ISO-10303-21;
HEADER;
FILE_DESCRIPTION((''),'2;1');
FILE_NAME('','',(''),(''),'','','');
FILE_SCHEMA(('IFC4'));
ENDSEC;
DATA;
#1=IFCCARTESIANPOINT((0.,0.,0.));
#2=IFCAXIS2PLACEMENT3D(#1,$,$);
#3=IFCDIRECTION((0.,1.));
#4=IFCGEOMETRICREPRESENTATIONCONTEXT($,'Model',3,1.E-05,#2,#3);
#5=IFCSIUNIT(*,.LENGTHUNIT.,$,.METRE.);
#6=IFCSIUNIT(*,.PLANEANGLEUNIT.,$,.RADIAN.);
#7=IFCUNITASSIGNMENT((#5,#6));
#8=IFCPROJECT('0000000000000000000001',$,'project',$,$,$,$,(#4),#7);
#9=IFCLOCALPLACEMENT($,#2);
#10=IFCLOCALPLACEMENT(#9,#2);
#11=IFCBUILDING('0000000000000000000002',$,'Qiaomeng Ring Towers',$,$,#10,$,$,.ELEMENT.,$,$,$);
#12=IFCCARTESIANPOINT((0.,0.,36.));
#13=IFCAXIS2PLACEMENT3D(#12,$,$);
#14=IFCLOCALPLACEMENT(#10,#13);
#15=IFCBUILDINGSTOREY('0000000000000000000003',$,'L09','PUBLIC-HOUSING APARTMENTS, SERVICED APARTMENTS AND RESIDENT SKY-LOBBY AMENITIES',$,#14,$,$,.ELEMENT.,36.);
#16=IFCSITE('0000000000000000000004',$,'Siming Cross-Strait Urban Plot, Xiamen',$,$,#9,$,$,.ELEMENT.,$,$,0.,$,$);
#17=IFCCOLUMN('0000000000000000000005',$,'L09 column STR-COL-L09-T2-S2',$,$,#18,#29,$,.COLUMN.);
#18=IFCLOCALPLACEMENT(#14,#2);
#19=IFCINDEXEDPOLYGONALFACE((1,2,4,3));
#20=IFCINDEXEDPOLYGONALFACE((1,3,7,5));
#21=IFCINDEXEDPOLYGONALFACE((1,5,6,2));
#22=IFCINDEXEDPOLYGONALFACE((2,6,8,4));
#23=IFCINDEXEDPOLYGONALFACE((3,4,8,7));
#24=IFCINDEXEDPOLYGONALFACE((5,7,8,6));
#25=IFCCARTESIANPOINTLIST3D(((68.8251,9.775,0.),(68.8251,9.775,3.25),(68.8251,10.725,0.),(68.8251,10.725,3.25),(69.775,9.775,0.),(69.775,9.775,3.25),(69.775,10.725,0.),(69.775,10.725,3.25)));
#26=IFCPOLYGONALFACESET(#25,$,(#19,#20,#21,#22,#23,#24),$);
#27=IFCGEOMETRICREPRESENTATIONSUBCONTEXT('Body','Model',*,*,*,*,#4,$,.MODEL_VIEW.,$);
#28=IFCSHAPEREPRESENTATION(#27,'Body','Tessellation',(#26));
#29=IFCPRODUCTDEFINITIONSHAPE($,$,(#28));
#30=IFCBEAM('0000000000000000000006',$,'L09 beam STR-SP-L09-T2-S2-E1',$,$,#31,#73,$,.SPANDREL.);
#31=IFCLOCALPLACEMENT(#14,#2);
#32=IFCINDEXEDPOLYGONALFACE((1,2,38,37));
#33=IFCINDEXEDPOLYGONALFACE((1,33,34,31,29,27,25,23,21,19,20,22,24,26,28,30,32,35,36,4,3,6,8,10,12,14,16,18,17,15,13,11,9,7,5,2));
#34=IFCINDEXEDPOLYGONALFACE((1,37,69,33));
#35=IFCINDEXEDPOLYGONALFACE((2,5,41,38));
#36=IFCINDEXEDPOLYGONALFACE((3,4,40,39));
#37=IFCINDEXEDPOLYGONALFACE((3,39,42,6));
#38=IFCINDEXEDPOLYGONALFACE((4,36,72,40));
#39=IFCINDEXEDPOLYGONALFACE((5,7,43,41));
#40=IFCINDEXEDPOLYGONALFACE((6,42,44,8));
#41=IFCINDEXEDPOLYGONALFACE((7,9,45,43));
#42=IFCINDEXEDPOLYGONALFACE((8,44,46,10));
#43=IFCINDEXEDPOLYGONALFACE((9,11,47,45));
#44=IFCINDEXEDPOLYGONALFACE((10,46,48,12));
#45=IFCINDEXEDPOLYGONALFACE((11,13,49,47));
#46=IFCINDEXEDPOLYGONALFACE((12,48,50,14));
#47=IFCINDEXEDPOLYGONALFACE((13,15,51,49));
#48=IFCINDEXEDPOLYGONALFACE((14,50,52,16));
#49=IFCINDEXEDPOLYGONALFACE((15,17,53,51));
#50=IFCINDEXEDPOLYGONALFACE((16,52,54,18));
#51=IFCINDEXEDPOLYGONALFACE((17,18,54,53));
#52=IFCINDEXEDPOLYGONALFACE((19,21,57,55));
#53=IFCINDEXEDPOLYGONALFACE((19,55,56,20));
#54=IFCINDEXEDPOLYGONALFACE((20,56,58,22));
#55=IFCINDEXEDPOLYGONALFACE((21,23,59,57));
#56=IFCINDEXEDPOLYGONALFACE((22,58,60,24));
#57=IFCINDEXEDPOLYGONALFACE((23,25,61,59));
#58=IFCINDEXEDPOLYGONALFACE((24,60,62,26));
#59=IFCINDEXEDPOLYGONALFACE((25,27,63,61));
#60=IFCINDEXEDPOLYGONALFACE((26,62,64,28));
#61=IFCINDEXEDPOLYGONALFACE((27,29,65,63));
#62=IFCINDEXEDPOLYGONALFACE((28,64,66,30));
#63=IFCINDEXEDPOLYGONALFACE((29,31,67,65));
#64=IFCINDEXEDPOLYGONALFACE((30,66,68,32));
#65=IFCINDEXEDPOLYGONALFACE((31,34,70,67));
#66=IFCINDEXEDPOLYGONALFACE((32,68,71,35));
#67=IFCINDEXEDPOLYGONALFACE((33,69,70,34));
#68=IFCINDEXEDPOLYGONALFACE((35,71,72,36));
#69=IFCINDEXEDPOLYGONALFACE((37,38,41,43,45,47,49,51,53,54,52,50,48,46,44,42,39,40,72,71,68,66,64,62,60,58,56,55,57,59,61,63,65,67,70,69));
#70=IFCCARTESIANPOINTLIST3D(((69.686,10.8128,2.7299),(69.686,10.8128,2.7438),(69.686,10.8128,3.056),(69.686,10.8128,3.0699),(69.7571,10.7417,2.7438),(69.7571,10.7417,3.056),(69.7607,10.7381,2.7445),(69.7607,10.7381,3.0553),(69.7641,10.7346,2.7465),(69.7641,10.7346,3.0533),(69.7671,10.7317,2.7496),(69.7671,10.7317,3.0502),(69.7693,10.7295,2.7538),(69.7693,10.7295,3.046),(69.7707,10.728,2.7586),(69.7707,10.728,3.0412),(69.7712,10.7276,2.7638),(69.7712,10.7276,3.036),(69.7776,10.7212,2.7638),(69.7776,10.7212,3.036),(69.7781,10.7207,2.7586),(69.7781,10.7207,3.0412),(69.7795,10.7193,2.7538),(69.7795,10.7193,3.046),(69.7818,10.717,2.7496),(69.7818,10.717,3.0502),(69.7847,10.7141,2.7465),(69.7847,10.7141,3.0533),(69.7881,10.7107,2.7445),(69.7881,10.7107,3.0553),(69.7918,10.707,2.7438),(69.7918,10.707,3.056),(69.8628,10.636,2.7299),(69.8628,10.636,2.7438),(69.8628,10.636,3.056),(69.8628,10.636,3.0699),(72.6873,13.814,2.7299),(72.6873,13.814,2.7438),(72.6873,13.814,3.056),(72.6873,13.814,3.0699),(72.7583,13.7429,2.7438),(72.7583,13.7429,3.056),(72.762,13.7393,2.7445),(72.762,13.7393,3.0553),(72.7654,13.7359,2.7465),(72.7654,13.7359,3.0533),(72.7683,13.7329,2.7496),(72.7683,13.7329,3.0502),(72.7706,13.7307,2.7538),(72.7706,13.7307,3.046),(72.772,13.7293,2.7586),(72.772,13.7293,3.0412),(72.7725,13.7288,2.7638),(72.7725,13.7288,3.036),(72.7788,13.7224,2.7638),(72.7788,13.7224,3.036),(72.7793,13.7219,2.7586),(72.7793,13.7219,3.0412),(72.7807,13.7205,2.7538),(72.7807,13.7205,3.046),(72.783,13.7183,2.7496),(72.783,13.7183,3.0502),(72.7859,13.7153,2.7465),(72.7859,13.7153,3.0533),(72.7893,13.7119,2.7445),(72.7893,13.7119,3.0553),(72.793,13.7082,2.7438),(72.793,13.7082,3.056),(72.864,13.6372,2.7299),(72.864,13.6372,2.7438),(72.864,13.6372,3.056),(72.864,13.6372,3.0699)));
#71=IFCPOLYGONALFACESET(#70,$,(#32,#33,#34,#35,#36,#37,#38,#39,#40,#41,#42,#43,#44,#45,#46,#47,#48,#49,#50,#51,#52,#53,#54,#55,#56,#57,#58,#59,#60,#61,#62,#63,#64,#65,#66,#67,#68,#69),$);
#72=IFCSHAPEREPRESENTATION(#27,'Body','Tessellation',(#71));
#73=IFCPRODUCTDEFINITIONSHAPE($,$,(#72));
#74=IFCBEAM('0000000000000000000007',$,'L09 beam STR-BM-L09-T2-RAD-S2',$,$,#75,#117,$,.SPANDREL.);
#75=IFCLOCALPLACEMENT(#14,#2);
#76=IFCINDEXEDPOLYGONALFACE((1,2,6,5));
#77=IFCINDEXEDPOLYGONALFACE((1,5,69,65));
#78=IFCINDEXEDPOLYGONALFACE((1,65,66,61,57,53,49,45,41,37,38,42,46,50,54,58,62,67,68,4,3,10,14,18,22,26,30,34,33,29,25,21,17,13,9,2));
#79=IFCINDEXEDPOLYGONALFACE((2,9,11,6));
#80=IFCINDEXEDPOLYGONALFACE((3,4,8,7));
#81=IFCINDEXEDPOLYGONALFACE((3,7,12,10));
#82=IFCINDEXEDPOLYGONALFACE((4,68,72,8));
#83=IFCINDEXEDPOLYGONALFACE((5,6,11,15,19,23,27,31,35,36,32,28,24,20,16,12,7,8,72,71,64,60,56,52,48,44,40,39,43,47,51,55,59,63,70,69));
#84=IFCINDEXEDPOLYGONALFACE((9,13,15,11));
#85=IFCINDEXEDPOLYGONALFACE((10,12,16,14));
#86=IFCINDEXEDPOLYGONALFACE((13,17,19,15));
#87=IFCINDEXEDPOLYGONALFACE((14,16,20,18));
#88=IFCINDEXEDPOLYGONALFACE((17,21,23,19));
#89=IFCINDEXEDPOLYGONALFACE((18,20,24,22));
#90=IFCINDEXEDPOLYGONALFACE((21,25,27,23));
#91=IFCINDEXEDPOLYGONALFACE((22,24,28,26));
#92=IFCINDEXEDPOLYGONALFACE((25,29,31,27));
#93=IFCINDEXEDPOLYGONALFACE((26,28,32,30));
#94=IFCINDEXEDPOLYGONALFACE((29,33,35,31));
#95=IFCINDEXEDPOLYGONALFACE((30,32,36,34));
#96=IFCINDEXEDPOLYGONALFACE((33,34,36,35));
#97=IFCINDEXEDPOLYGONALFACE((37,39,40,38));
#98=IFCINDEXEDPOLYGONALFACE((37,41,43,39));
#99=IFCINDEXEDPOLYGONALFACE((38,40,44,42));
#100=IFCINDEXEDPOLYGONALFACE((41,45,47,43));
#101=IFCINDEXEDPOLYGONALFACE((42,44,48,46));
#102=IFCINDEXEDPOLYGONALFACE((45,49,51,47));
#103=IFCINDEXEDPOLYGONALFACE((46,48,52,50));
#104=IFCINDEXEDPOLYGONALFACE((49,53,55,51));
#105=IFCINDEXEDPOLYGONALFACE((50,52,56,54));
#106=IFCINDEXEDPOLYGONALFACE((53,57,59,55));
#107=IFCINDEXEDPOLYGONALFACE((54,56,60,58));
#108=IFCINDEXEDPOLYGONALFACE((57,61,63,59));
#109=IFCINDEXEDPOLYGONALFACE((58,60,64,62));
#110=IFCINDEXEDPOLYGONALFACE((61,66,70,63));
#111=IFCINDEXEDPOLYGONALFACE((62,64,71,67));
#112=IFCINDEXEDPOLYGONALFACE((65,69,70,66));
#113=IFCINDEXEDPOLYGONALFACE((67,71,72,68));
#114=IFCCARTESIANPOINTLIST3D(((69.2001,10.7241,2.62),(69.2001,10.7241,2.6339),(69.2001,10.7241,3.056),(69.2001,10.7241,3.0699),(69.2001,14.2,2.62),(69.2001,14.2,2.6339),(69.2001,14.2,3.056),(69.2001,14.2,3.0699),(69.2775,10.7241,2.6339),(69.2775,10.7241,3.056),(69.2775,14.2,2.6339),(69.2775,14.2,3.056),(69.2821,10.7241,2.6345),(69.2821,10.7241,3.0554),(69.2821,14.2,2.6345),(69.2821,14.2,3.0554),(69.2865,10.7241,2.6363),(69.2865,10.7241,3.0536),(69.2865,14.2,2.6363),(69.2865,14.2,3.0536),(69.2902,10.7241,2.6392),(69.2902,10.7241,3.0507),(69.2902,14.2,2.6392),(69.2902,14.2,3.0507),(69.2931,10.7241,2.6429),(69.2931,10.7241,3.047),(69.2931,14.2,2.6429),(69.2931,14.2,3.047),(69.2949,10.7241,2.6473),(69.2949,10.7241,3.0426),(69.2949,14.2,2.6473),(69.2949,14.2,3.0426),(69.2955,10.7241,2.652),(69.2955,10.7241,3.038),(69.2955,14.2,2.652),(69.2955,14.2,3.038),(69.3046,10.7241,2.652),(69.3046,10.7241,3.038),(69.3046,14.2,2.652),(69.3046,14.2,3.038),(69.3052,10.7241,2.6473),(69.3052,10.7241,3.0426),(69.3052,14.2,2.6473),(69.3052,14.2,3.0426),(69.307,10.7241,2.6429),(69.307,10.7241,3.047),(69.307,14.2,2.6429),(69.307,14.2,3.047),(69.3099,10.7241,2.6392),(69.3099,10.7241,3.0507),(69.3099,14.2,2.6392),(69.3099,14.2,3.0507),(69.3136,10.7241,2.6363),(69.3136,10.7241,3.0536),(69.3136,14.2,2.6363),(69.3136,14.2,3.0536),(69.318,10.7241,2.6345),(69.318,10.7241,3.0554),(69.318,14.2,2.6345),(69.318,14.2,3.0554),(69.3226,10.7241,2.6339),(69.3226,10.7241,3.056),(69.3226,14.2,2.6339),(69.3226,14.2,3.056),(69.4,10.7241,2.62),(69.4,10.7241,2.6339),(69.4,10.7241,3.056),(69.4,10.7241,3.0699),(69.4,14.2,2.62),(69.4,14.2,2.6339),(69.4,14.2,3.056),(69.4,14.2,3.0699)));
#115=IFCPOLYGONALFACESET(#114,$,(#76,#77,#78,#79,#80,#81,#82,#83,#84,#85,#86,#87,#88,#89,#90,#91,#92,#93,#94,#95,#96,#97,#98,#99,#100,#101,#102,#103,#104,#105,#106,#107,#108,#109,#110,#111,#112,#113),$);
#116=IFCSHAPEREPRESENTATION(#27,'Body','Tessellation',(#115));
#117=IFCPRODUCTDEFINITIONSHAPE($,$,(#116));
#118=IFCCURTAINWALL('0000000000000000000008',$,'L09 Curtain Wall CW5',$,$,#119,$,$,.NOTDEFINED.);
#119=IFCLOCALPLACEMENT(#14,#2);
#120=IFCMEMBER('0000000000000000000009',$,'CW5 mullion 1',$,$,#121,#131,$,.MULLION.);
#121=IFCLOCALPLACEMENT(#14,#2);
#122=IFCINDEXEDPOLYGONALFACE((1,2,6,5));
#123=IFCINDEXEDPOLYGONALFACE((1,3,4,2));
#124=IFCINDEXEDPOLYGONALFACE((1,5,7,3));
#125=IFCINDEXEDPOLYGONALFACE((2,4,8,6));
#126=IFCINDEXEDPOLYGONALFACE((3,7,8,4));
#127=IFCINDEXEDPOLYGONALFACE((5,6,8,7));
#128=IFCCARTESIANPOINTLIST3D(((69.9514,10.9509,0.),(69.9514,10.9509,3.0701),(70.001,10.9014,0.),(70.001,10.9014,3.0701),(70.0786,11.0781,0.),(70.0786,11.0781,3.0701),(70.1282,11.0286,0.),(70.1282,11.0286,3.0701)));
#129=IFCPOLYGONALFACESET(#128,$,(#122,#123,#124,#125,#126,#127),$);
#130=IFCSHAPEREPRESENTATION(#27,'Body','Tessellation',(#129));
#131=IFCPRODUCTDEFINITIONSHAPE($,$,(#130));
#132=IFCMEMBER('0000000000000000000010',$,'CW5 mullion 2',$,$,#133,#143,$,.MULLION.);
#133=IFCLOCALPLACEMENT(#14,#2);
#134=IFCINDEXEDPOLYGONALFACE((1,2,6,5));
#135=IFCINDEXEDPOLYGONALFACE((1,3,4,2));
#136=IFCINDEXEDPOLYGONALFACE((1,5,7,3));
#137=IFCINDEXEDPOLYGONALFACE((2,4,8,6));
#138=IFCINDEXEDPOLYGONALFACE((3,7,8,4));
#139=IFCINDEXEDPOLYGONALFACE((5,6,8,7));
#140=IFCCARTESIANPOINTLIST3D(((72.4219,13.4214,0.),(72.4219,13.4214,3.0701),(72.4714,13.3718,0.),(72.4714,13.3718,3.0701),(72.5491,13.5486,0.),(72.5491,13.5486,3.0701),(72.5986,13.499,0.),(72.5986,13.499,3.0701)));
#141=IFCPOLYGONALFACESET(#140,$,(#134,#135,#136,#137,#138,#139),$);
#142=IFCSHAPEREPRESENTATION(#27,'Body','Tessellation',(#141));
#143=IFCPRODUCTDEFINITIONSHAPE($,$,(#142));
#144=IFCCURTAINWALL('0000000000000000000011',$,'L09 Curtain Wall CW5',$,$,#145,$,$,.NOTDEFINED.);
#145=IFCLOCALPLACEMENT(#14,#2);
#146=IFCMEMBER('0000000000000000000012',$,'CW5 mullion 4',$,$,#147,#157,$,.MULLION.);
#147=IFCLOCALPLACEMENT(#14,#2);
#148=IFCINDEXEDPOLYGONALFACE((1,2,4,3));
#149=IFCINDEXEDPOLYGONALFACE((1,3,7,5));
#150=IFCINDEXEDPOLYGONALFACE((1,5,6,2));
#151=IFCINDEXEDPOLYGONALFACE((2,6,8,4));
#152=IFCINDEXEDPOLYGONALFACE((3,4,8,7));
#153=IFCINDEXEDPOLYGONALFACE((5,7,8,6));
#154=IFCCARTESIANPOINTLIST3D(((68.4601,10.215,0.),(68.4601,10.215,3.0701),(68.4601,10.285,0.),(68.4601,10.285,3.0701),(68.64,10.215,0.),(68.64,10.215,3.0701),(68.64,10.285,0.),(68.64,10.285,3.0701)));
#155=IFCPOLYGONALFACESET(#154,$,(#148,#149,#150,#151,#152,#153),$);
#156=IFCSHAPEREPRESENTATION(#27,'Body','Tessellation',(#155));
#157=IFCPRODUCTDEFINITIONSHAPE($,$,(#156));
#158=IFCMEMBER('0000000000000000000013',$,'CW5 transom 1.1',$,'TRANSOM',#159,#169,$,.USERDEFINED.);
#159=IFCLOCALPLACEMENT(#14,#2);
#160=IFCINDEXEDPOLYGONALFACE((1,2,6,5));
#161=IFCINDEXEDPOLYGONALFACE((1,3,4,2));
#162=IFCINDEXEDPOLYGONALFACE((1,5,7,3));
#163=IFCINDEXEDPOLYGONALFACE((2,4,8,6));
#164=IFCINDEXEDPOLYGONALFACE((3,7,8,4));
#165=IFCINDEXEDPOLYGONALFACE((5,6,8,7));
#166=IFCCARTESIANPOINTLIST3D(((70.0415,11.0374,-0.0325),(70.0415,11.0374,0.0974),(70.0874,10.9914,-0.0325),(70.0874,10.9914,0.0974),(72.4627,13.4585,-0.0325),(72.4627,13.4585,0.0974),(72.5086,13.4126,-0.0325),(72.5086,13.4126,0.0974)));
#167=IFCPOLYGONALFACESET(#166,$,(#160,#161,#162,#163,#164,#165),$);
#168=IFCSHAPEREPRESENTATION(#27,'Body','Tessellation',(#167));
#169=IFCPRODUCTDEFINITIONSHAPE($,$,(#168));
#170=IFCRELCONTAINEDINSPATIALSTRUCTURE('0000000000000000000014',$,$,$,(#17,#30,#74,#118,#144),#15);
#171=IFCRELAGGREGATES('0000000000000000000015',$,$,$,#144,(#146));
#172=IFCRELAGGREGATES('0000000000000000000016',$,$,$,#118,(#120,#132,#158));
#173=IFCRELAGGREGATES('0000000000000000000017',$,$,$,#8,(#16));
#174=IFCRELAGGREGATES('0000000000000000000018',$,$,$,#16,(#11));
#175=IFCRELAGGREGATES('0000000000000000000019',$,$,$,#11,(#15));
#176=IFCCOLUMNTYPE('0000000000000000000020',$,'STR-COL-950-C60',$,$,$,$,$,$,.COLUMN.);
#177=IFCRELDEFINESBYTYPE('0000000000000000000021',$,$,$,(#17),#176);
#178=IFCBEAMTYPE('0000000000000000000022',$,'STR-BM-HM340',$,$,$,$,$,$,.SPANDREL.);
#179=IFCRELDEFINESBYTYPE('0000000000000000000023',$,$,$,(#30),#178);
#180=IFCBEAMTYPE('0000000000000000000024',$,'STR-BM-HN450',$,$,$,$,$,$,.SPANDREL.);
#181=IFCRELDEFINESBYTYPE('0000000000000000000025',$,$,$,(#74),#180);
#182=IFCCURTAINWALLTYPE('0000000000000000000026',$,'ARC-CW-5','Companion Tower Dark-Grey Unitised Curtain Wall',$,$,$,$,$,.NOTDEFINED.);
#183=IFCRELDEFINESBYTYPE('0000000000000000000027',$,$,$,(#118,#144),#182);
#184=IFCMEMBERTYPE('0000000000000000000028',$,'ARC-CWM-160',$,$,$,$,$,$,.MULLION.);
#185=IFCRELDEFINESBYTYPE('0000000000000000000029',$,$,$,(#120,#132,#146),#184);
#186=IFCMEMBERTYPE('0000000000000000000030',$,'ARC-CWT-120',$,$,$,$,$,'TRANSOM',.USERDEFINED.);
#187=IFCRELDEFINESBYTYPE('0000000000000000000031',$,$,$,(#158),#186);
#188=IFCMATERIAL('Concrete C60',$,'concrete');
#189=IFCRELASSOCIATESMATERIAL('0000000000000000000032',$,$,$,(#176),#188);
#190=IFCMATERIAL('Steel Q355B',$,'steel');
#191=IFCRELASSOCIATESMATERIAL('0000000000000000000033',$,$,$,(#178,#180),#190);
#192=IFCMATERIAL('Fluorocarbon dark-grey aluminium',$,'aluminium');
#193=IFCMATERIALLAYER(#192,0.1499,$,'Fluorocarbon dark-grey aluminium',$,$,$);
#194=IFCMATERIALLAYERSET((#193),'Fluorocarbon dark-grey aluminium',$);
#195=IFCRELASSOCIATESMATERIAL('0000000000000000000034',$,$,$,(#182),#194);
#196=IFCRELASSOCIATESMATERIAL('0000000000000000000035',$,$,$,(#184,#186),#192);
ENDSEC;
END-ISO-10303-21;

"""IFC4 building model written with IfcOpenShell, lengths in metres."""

from ifc_helpers import new_model, si_unit, direction, frame, origin, origin_2d, place, context, subcontext, project, spatial, rectangle, i_section, extrude, source, transform, mapped, material, layer, layer_set, material_profile, profile_set, type_object, element, aggregate, save


model = new_model("IFC4")

# Units and contexts
model_context = context("Model", 3, precision=1e-05, world=origin(), true_north=direction((0.0, 1.0)))
body_context = subcontext(model_context, "Body", "Model", "MODEL_VIEW")
ifc_project = project(units=[si_unit("LENGTHUNIT", "METRE"), si_unit("PLANEANGLEUNIT", "RADIAN")], contexts=[model_context])

# Site, building, storey
site_placement = place(None, origin())
site = spatial("IfcSite", under=ifc_project, at=site_placement, Name="Siming Cross-Strait Urban Plot, Xiamen", CompositionType="ELEMENT", RefElevation=0.0)
building_placement = place(site_placement, origin())
building = spatial("IfcBuilding", under=site, at=building_placement, Name="Qiaomeng Ring Towers", CompositionType="ELEMENT")
storey_placement = place(building_placement, frame((0.0, 0.0, 36.0)))
storey = spatial("IfcBuildingStorey", under=building, at=storey_placement, Name="L09", Description="PUBLIC-HOUSING APARTMENTS, SERVICED APARTMENTS AND RESIDENT SKY-LOBBY AMENITIES", CompositionType="ELEMENT", Elevation=36.0)

# Column
ifc_material_1 = material(Name="Concrete C60", Category="concrete")
ifc_material_profile_1 = material_profile(ifc_material_1, rectangle(XDim=0.95, YDim=0.95, at=origin_2d()), Name="RC COL 950x950")
ifc_profile_set_1 = profile_set([ifc_material_profile_1], Name="Concrete C60")
column_type = type_object("IfcColumnType", Name="STR-COL-950-C60", PredefinedType="COLUMN", material=ifc_profile_set_1)
shared_shape_1 = source(origin(), body_context, "Body", "SweptSolid", [
    extrude(rectangle(XDim=0.95, YDim=0.95, at=origin_2d()), origin(), (0.0, 0.0, 1.0), 3.25),
])
column_placement = place(storey_placement, frame((69.3, 10.25, 0.0), z_axis=(0.0, 0.0, 1.0), x_axis=(1.0, 0.0, 0.0)))
element("IfcColumn", 1, at=column_placement, inside=storey, type_object=column_type, Name="L09 column STR-COL-L09-T2-S2", PredefinedType="COLUMN", context=body_context, shape_type="MappedRepresentation", body=[
    mapped(shared_shape_1, transform((0.0, 0.0, 0.0), x_axis=(1.0, 0.0, 0.0), y_axis=(0.0, 1.0, 0.0), z_axis=(0.0, 0.0, 1.0), scale=1.0)),
])

# Beams
ifc_material_2 = material(Name="Steel Q355B", Category="steel")
ifc_material_profile_2 = material_profile(ifc_material_2, i_section(OverallWidth=0.25, OverallDepth=0.3401, WebThickness=0.009, FlangeThickness=0.0139, FilletRadius=0.02, at=origin_2d()), Name="HM 340x250x9x14")
ifc_profile_set_2 = profile_set([ifc_material_profile_2], Name="Steel Q355B")
beam_type_1 = type_object("IfcBeamType", Name="STR-BM-HM340", PredefinedType="SPANDREL", material=ifc_profile_set_2)
shared_shape_2 = source(origin(), body_context, "Body", "SweptSolid", [
    extrude(i_section(OverallWidth=0.25, OverallDepth=0.3401, WebThickness=0.009, FlangeThickness=0.0139, FilletRadius=0.02, at=origin_2d()), origin(), (0.0, 0.0, 1.0), 4.2444),
])
beam_1_placement = place(storey_placement, frame((69.7744, 10.7244, 2.8999), z_axis=(0.707107, 0.707107, 0.0), x_axis=(-0.707107, 0.707107, 0.0)))
element("IfcBeam", 2, at=beam_1_placement, inside=storey, type_object=beam_type_1, Name="L09 beam STR-SP-L09-T2-S2-E1", PredefinedType="SPANDREL", context=body_context, shape_type="MappedRepresentation", body=[
    mapped(shared_shape_2, transform((0.0, 0.0, 0.0), x_axis=(1.0, 0.0, 0.0), y_axis=(0.0, 1.0, 0.0), z_axis=(0.0, 0.0, 1.0), scale=1.0)),
])
ifc_material_profile_3 = material_profile(ifc_material_2, i_section(OverallWidth=0.2, OverallDepth=0.45, WebThickness=0.009, FlangeThickness=0.0139, FilletRadius=0.0181, at=origin_2d()), Name="HN 450x200x9x14")
ifc_profile_set_3 = profile_set([ifc_material_profile_3], Name="Steel Q355B")
beam_type_2 = type_object("IfcBeamType", Name="STR-BM-HN450", PredefinedType="SPANDREL", material=ifc_profile_set_3)
shared_shape_3 = source(origin(), body_context, "Body", "SweptSolid", [
    extrude(i_section(OverallWidth=0.2, OverallDepth=0.45, WebThickness=0.009, FlangeThickness=0.0139, FilletRadius=0.0181, at=origin_2d()), origin(), (0.0, 0.0, 1.0), 3.4758),
])
beam_2_placement = place(storey_placement, frame((69.3, 10.7241, 2.845), z_axis=(0.0, 1.0, 0.0), x_axis=(-1.0, 0.0, 0.0)))
element("IfcBeam", 3, at=beam_2_placement, inside=storey, type_object=beam_type_2, Name="L09 beam STR-BM-L09-T2-RAD-S2", PredefinedType="SPANDREL", context=body_context, shape_type="MappedRepresentation", body=[
    mapped(shared_shape_3, transform((0.0, 0.0, 0.0), x_axis=(1.0, 0.0, 0.0), y_axis=(0.0, 1.0, 0.0), z_axis=(0.0, 0.0, 1.0), scale=1.0)),
])

# Curtain wall, members
ifc_material_3 = material(Name="Fluorocarbon dark-grey aluminium", Category="aluminium")
ifc_layer_1 = layer(ifc_material_3, 0.1499, Name="Fluorocarbon dark-grey aluminium")
ifc_layer_set_1 = layer_set([ifc_layer_1], Name="Fluorocarbon dark-grey aluminium")
curtain_wall_type = type_object("IfcCurtainWallType", Name="ARC-CW-5", Description="Companion Tower Dark-Grey Unitised Curtain Wall", PredefinedType="NOTDEFINED", material=ifc_layer_set_1)
curtain_wall_1_placement = place(storey_placement, origin())
curtain_wall_1 = element("IfcCurtainWall", 4, at=curtain_wall_1_placement, inside=storey, type_object=curtain_wall_type, Name="L09 Curtain Wall CW5", PredefinedType="NOTDEFINED")
ifc_material_profile_4 = material_profile(ifc_material_3, rectangle(XDim=0.0701, YDim=0.1799, at=origin_2d()), Name="ALU MULL 70x180")
ifc_profile_set_4 = profile_set([ifc_material_profile_4], Name="Fluorocarbon dark-grey aluminium")
member_type_1 = type_object("IfcMemberType", Name="ARC-CWM-160", PredefinedType="MULLION", material=ifc_profile_set_4)
shared_shape_4 = source(origin(), body_context, "Body", "SweptSolid", [
    extrude(rectangle(XDim=0.0701, YDim=0.1799, at=origin_2d()), origin(), (0.0, 0.0, 1.0), 3.0701),
])
member_1_placement = place(storey_placement, frame((70.0398, 10.9897, 0.0), z_axis=(0.0, 0.0, 1.0), x_axis=(-0.707107, 0.707107, 0.0)))
member_1 = element("IfcMember", 5, at=member_1_placement, type_object=member_type_1, Name="CW5 mullion 1", PredefinedType="MULLION", context=body_context, shape_type="MappedRepresentation", body=[
    mapped(shared_shape_4, transform((0.0, 0.0, 0.0), x_axis=(1.0, 0.0, 0.0), y_axis=(0.0, 1.0, 0.0), z_axis=(0.0, 0.0, 1.0), scale=1.0)),
])
member_2_placement = place(storey_placement, frame((72.5103, 13.4602, 0.0), z_axis=(0.0, 0.0, 1.0), x_axis=(-0.707107, 0.707107, 0.0)))
member_2 = element("IfcMember", 6, at=member_2_placement, type_object=member_type_1, Name="CW5 mullion 2", PredefinedType="MULLION", context=body_context, shape_type="MappedRepresentation", body=[
    mapped(shared_shape_4, transform((0.0, 0.0, 0.0), x_axis=(1.0, 0.0, 0.0), y_axis=(0.0, 1.0, 0.0), z_axis=(0.0, 0.0, 1.0), scale=1.0)),
])

# Curtain wall, member
curtain_wall_2_placement = place(storey_placement, origin())
curtain_wall_2 = element("IfcCurtainWall", 7, at=curtain_wall_2_placement, inside=storey, type_object=curtain_wall_type, Name="L09 Curtain Wall CW5", PredefinedType="NOTDEFINED")
member_3_placement = place(storey_placement, frame((68.55, 10.25, 0.0), z_axis=(0.0, 0.0, 1.0), x_axis=(0.0, 1.0, 0.0)))
member_3 = element("IfcMember", 8, at=member_3_placement, type_object=member_type_1, Name="CW5 mullion 4", PredefinedType="MULLION", context=body_context, shape_type="MappedRepresentation", body=[
    mapped(shared_shape_4, transform((0.0, 0.0, 0.0), x_axis=(1.0, 0.0, 0.0), y_axis=(0.0, 1.0, 0.0), z_axis=(0.0, 0.0, 1.0), scale=1.0)),
])
aggregate(curtain_wall_2, [member_3])

# Member
ifc_material_profile_5 = material_profile(ifc_material_3, rectangle(XDim=0.0649, YDim=0.1299, at=origin_2d()), Name="ALU TRAN 65x130")
ifc_profile_set_5 = profile_set([ifc_material_profile_5], Name="Fluorocarbon dark-grey aluminium")
member_type_2 = type_object("IfcMemberType", Name="ARC-CWT-120", ElementType="TRANSOM", PredefinedType="USERDEFINED", material=ifc_profile_set_5)
shared_shape_5 = source(origin(), body_context, "Body", "SweptSolid", [
    extrude(rectangle(XDim=0.0649, YDim=0.1299, at=origin_2d()), origin(), (0.0, 0.0, 1.0), 3.4241),
])
member_4_placement = place(storey_placement, frame((70.0645, 11.0144, 0.0325), z_axis=(0.707107, 0.707107, 0.0), x_axis=(-0.707107, 0.707107, 0.0)))
member_4 = element("IfcMember", 9, at=member_4_placement, type_object=member_type_2, Name="CW5 transom 1.1", ObjectType="TRANSOM", PredefinedType="USERDEFINED", context=body_context, shape_type="MappedRepresentation", body=[
    mapped(shared_shape_5, transform((0.0, 0.0, 0.0), x_axis=(1.0, 0.0, 0.0), y_axis=(0.0, 1.0, 0.0), z_axis=(0.0, 0.0, 1.0), scale=1.0)),
])

aggregate(curtain_wall_1, [member_1, member_2, member_4])

save(model, "model.ifc")
